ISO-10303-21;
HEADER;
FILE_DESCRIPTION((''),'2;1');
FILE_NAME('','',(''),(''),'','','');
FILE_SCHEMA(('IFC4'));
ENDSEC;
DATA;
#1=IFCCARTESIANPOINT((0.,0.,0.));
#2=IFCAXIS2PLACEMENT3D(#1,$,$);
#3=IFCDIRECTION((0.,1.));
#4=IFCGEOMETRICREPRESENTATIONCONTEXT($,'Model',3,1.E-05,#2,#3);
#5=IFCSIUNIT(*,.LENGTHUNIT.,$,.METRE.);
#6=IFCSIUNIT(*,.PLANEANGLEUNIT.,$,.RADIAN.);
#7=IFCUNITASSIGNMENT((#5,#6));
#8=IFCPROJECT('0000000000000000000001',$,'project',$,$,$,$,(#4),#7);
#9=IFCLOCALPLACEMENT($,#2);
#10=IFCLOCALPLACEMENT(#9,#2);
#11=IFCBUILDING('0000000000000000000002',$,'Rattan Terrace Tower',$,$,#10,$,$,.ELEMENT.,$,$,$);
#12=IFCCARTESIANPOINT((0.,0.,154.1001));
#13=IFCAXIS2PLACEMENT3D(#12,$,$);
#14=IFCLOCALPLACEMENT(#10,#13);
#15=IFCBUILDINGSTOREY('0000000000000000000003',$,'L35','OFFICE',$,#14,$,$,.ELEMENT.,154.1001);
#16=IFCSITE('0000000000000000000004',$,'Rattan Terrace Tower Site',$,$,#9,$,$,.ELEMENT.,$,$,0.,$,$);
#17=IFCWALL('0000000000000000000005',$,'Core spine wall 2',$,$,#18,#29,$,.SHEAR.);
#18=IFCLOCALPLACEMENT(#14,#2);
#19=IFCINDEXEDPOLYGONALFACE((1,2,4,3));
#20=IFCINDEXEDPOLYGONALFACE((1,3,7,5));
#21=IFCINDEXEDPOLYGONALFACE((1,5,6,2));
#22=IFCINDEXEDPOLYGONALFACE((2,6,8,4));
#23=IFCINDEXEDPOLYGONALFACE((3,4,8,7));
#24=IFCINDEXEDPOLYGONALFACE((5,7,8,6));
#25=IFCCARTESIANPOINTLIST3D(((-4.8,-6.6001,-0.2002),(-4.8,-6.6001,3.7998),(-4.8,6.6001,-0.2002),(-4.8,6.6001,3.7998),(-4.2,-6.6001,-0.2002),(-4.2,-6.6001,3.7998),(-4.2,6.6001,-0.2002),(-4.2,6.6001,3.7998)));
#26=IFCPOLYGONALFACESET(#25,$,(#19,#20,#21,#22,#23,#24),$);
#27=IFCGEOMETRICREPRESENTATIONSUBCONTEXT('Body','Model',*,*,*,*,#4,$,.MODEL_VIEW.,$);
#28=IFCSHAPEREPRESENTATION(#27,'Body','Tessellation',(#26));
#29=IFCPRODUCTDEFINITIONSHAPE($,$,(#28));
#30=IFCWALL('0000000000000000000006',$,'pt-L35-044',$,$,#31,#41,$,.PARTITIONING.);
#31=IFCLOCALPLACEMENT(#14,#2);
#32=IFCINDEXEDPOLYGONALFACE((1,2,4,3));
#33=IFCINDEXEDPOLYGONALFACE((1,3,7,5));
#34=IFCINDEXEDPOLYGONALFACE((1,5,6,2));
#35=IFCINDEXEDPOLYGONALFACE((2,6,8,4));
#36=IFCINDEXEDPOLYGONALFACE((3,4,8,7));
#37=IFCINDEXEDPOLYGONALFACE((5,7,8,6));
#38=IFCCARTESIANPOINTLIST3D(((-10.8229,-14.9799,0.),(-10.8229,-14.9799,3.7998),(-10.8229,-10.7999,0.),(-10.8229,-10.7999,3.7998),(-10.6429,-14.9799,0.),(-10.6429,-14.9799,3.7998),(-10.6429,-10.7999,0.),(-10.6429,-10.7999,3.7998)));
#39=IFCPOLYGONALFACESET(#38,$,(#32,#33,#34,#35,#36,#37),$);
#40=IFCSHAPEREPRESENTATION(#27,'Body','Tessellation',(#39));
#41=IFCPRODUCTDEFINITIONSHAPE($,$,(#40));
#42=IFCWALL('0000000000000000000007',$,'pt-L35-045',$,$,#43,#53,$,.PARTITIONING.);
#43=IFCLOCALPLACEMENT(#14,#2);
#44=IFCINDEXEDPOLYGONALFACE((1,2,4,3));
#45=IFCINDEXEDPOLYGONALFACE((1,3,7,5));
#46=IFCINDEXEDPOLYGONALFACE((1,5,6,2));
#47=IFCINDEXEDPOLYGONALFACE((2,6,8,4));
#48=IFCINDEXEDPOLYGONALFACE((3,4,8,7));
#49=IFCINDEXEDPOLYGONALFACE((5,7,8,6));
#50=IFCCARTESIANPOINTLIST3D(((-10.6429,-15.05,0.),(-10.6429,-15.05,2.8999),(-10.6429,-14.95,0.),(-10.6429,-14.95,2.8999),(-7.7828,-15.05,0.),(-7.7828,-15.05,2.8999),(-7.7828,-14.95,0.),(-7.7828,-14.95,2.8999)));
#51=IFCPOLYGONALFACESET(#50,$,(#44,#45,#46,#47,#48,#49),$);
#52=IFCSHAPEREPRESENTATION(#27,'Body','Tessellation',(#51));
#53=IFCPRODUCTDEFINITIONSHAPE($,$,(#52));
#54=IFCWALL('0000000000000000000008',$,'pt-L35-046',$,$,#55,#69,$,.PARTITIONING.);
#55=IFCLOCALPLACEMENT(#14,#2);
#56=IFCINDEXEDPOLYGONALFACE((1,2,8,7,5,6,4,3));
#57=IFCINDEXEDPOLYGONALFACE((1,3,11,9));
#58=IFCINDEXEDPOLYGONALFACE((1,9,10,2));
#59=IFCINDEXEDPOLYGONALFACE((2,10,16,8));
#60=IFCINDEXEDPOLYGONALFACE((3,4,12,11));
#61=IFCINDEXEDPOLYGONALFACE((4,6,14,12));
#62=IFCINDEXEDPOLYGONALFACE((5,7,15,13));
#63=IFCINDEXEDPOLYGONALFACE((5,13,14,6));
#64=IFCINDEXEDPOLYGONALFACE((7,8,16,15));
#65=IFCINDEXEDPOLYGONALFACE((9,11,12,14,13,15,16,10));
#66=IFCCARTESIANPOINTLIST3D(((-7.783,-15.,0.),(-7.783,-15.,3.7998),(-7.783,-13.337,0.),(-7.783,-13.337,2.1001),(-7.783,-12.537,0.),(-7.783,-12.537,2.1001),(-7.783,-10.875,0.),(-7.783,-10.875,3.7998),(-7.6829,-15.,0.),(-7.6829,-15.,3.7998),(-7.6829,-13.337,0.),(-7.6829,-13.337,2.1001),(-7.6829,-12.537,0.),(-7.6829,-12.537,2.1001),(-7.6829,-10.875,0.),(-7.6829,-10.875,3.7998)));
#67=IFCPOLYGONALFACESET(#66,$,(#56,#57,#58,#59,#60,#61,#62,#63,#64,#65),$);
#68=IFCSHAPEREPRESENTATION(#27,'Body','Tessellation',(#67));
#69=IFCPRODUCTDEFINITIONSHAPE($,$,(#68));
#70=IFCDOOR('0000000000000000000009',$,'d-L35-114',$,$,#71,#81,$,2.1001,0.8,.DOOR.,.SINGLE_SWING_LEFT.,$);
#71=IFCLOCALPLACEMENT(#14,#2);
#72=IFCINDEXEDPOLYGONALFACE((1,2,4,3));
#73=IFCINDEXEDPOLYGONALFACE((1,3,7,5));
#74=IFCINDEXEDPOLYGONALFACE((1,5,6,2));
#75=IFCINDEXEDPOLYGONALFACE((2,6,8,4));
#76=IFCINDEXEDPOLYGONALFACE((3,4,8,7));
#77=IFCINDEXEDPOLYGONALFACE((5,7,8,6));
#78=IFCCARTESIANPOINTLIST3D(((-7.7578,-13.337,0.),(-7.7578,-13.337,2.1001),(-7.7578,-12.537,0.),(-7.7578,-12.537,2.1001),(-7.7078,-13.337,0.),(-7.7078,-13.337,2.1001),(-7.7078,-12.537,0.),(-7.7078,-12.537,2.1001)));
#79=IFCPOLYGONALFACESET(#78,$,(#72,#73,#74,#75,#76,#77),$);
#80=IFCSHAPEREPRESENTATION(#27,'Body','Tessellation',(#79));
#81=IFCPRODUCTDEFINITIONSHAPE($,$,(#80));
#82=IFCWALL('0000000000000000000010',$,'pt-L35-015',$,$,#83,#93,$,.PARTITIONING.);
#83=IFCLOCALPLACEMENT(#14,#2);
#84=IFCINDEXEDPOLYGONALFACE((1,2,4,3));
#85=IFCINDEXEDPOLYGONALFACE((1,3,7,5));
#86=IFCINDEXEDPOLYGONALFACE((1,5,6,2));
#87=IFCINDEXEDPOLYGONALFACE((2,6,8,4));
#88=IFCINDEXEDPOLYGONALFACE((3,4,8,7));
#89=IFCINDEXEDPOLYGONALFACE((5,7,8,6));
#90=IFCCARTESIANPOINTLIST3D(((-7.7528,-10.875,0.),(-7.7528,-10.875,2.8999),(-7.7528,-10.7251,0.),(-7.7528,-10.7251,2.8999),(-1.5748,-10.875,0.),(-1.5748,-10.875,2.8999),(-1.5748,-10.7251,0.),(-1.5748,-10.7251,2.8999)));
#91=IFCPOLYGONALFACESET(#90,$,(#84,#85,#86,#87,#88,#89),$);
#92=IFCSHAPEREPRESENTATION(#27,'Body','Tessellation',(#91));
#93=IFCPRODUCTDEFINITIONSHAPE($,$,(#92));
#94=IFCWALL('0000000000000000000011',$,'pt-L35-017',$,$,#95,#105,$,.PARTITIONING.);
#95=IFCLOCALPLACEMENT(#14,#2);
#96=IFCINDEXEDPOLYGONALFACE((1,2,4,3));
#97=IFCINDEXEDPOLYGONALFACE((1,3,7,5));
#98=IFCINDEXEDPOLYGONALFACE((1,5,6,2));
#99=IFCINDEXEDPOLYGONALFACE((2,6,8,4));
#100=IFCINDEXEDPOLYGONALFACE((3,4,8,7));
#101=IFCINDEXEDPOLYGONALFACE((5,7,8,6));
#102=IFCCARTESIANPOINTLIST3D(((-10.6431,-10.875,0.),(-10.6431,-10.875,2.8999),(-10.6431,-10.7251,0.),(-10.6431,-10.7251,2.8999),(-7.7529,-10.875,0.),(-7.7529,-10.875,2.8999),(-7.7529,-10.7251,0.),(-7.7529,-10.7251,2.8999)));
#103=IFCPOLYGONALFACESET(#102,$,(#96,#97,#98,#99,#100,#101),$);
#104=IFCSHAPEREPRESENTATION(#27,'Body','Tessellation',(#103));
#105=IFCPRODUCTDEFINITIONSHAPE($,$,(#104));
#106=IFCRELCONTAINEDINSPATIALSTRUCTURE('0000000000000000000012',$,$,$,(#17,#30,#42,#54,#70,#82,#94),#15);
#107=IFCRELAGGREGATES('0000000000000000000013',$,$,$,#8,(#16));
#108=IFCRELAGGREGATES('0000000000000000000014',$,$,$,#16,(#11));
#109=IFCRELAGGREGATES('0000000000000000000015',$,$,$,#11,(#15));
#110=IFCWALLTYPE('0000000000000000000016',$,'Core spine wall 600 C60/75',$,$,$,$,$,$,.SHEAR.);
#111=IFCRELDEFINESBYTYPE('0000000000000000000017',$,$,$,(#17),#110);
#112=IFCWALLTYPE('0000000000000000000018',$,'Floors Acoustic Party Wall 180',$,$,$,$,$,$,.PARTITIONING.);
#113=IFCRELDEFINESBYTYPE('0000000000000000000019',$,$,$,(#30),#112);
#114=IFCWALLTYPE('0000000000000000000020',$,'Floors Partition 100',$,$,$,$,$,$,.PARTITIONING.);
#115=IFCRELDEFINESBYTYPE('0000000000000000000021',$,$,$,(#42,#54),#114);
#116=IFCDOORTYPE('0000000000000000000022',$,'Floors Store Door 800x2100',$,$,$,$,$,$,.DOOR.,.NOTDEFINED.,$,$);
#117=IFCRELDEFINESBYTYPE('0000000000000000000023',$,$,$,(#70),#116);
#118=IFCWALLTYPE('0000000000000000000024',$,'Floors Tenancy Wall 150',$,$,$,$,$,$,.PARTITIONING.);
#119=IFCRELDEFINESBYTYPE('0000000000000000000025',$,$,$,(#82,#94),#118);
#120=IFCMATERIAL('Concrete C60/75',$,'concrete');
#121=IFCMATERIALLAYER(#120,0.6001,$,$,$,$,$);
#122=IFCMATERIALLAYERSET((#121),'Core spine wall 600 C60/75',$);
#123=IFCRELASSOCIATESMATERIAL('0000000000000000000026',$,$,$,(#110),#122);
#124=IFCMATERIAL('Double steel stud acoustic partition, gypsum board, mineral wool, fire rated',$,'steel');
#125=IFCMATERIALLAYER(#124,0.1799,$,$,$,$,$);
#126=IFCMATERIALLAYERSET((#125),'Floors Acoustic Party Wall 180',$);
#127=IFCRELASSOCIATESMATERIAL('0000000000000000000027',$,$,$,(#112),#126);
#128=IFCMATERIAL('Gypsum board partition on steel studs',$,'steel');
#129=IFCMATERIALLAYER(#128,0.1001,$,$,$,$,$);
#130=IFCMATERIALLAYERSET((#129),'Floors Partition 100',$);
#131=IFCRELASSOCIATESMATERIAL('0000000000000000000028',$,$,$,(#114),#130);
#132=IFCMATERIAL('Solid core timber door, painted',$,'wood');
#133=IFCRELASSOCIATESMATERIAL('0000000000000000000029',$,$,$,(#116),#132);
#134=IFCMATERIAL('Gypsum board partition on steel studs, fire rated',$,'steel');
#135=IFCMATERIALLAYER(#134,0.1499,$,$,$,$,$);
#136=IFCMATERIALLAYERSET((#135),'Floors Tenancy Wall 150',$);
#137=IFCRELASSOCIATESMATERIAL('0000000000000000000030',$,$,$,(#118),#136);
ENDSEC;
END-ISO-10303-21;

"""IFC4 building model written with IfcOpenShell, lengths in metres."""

from ifc_helpers import new_model, si_unit, direction, frame, frame_2d, origin, place, context, subcontext, project, spatial, rectangle, extrude, material, layer, layer_set, type_object, element, fill, save


model = new_model("IFC4")

# Units and contexts
model_context = context("Model", 3, precision=1e-05, world=origin(), true_north=direction((0.0, 1.0)))
body_context = subcontext(model_context, "Body", "Model", "MODEL_VIEW")
ifc_project = project(units=[si_unit("LENGTHUNIT", "METRE"), si_unit("PLANEANGLEUNIT", "RADIAN")], contexts=[model_context])

# Site, building, storey
site_placement = place(None, origin())
site = spatial("IfcSite", under=ifc_project, at=site_placement, Name="Rattan Terrace Tower Site", CompositionType="ELEMENT", RefElevation=0.0)
building_placement = place(site_placement, origin())
building = spatial("IfcBuilding", under=site, at=building_placement, Name="Rattan Terrace Tower", CompositionType="ELEMENT")
storey_placement = place(building_placement, frame((0.0, 0.0, 154.1001)))
storey = spatial("IfcBuildingStorey", under=building, at=storey_placement, Name="L35", Description="OFFICE", CompositionType="ELEMENT", Elevation=154.1001)

# Walls
ifc_material_1 = material(Name="Concrete C60/75", Category="concrete")
ifc_layer_1 = layer(ifc_material_1, 0.6001)
ifc_layer_set_1 = layer_set([ifc_layer_1], Name="Core spine wall 600 C60/75")
wall_type_1 = type_object("IfcWallType", Name="Core spine wall 600 C60/75", PredefinedType="SHEAR", material=ifc_layer_set_1)
wall_1_placement = place(storey_placement, frame((-4.5, -6.6001, -0.2002), z_axis=(0.0, 0.0, 1.0), x_axis=(0.0, 1.0, 0.0)))
element("IfcWall", 1, at=wall_1_placement, inside=storey, type_object=wall_type_1, Name="Core spine wall 2", PredefinedType="SHEAR", context=body_context, shape_type="SweptSolid", body=[
    extrude(rectangle(XDim=13.2002, YDim=0.6001, at=frame_2d((6.6001, 0.0))), origin(), (0.0, 0.0, 1.0), 4.0),
])
ifc_material_2 = material(Name="Double steel stud acoustic partition, gypsum board, mineral wool, fire rated", Category="steel")
ifc_layer_2 = layer(ifc_material_2, 0.1799)
ifc_layer_set_2 = layer_set([ifc_layer_2], Name="Floors Acoustic Party Wall 180")
wall_type_2 = type_object("IfcWallType", Name="Floors Acoustic Party Wall 180", PredefinedType="PARTITIONING", material=ifc_layer_set_2)
wall_2_placement = place(storey_placement, frame((-10.7329, -10.8, 0.0), z_axis=(0.0, 0.0, 1.0), x_axis=(0.0, -1.0, 0.0)))
element("IfcWall", 2, at=wall_2_placement, inside=storey, type_object=wall_type_2, Name="pt-L35-044", PredefinedType="PARTITIONING", context=body_context, shape_type="SweptSolid", body=[
    extrude(rectangle(XDim=4.1799, YDim=0.1799, at=frame_2d((2.0898, 0.0))), origin(), (0.0, 0.0, 1.0), 3.7998),
])
ifc_material_3 = material(Name="Gypsum board partition on steel studs", Category="steel")
ifc_layer_3 = layer(ifc_material_3, 0.1001)
ifc_layer_set_3 = layer_set([ifc_layer_3], Name="Floors Partition 100")
wall_type_3 = type_object("IfcWallType", Name="Floors Partition 100", PredefinedType="PARTITIONING", material=ifc_layer_set_3)
wall_3_placement = place(storey_placement, frame((-10.6431, -15.0, 0.0), z_axis=(0.0, 0.0, 1.0), x_axis=(1.0, 0.0, 0.0)))
element("IfcWall", 3, at=wall_3_placement, inside=storey, type_object=wall_type_3, Name="pt-L35-045", PredefinedType="PARTITIONING", context=body_context, shape_type="SweptSolid", body=[
    extrude(rectangle(XDim=2.8601, YDim=0.1001, at=frame_2d((1.4302, 0.0))), origin(), (0.0, 0.0, 1.0), 2.8999),
])

# Wall, opening, door
wall_4_placement = place(storey_placement, frame((-7.7329, -15.0, 0.0), z_axis=(0.0, 0.0, 1.0), x_axis=(0.0, 1.0, 0.0)))
wall_4 = element("IfcWall", 4, at=wall_4_placement, inside=storey, type_object=wall_type_3, Name="pt-L35-046", PredefinedType="PARTITIONING", context=body_context, shape_type="SweptSolid", body=[
    extrude(rectangle(XDim=4.125, YDim=0.1001, at=frame_2d((2.0625, 0.0))), origin(), (0.0, 0.0, 1.0), 3.7998),
])
opening_1_placement = place(wall_4_placement, frame((1.6631, 0.0, 0.0)))
opening_1 = element("IfcOpeningElement", 5, at=opening_1_placement, cuts=wall_4, PredefinedType="OPENING", context=body_context, shape_type="SweptSolid", body=[
    extrude(rectangle(XDim=0.8, YDim=2.1001, at=frame_2d((0.3999, 1.05))), frame((0.0, 0.0605, 0.0), z_axis=(0.0, -1.0, 0.0), x_axis=(1.0, 0.0, 0.0)), (0.0, 0.0, 1.0), 0.1211),
])
ifc_material_4 = material(Name="Solid core timber door, painted", Category="wood")
door_type_1 = type_object("IfcDoorType", Name="Floors Store Door 800x2100", OperationType="NOTDEFINED", PredefinedType="DOOR", material=ifc_material_4)
door_1_placement = place(opening_1_placement, origin())
door_1 = element("IfcDoor", 6, at=door_1_placement, inside=storey, type_object=door_type_1, Name="d-L35-114", OperationType="SINGLE_SWING_LEFT", OverallHeight=2.1001, OverallWidth=0.8, PredefinedType="DOOR", context=body_context, shape_type="SweptSolid", body=[
    extrude(rectangle(XDim=0.8, YDim=2.1001, at=frame_2d((0.3999, 1.05))), frame((0.0, 0.0249, 0.0), z_axis=(0.0, -1.0, 0.0), x_axis=(1.0, 0.0, 0.0)), (0.0, 0.0, 1.0), 0.05),
])
fill(opening_1, door_1)

# Walls
ifc_material_5 = material(Name="Gypsum board partition on steel studs, fire rated", Category="steel")
ifc_layer_4 = layer(ifc_material_5, 0.1499)
ifc_layer_set_4 = layer_set([ifc_layer_4], Name="Floors Tenancy Wall 150")
wall_type_4 = type_object("IfcWallType", Name="Floors Tenancy Wall 150", PredefinedType="PARTITIONING", material=ifc_layer_set_4)
wall_5_placement = place(storey_placement, frame((-1.575, -10.8, 0.0), z_axis=(0.0, 0.0, 1.0), x_axis=(-1.0, 0.0, 0.0)))
element("IfcWall", 7, at=wall_5_placement, inside=storey, type_object=wall_type_4, Name="pt-L35-015", PredefinedType="PARTITIONING", context=body_context, shape_type="SweptSolid", body=[
    extrude(rectangle(XDim=6.178, YDim=0.1499, at=frame_2d((3.0889, 0.0))), origin(), (0.0, 0.0, 1.0), 2.8999),
])
wall_6_placement = place(storey_placement, frame((-7.7529, -10.8, 0.0), z_axis=(0.0, 0.0, 1.0), x_axis=(-1.0, 0.0, 0.0)))
element("IfcWall", 8, at=wall_6_placement, inside=storey, type_object=wall_type_4, Name="pt-L35-017", PredefinedType="PARTITIONING", context=body_context, shape_type="SweptSolid", body=[
    extrude(rectangle(XDim=2.8901, YDim=0.1499, at=frame_2d((1.4451, 0.0))), origin(), (0.0, 0.0, 1.0), 2.8999),
])

save(model, "model.ifc")
